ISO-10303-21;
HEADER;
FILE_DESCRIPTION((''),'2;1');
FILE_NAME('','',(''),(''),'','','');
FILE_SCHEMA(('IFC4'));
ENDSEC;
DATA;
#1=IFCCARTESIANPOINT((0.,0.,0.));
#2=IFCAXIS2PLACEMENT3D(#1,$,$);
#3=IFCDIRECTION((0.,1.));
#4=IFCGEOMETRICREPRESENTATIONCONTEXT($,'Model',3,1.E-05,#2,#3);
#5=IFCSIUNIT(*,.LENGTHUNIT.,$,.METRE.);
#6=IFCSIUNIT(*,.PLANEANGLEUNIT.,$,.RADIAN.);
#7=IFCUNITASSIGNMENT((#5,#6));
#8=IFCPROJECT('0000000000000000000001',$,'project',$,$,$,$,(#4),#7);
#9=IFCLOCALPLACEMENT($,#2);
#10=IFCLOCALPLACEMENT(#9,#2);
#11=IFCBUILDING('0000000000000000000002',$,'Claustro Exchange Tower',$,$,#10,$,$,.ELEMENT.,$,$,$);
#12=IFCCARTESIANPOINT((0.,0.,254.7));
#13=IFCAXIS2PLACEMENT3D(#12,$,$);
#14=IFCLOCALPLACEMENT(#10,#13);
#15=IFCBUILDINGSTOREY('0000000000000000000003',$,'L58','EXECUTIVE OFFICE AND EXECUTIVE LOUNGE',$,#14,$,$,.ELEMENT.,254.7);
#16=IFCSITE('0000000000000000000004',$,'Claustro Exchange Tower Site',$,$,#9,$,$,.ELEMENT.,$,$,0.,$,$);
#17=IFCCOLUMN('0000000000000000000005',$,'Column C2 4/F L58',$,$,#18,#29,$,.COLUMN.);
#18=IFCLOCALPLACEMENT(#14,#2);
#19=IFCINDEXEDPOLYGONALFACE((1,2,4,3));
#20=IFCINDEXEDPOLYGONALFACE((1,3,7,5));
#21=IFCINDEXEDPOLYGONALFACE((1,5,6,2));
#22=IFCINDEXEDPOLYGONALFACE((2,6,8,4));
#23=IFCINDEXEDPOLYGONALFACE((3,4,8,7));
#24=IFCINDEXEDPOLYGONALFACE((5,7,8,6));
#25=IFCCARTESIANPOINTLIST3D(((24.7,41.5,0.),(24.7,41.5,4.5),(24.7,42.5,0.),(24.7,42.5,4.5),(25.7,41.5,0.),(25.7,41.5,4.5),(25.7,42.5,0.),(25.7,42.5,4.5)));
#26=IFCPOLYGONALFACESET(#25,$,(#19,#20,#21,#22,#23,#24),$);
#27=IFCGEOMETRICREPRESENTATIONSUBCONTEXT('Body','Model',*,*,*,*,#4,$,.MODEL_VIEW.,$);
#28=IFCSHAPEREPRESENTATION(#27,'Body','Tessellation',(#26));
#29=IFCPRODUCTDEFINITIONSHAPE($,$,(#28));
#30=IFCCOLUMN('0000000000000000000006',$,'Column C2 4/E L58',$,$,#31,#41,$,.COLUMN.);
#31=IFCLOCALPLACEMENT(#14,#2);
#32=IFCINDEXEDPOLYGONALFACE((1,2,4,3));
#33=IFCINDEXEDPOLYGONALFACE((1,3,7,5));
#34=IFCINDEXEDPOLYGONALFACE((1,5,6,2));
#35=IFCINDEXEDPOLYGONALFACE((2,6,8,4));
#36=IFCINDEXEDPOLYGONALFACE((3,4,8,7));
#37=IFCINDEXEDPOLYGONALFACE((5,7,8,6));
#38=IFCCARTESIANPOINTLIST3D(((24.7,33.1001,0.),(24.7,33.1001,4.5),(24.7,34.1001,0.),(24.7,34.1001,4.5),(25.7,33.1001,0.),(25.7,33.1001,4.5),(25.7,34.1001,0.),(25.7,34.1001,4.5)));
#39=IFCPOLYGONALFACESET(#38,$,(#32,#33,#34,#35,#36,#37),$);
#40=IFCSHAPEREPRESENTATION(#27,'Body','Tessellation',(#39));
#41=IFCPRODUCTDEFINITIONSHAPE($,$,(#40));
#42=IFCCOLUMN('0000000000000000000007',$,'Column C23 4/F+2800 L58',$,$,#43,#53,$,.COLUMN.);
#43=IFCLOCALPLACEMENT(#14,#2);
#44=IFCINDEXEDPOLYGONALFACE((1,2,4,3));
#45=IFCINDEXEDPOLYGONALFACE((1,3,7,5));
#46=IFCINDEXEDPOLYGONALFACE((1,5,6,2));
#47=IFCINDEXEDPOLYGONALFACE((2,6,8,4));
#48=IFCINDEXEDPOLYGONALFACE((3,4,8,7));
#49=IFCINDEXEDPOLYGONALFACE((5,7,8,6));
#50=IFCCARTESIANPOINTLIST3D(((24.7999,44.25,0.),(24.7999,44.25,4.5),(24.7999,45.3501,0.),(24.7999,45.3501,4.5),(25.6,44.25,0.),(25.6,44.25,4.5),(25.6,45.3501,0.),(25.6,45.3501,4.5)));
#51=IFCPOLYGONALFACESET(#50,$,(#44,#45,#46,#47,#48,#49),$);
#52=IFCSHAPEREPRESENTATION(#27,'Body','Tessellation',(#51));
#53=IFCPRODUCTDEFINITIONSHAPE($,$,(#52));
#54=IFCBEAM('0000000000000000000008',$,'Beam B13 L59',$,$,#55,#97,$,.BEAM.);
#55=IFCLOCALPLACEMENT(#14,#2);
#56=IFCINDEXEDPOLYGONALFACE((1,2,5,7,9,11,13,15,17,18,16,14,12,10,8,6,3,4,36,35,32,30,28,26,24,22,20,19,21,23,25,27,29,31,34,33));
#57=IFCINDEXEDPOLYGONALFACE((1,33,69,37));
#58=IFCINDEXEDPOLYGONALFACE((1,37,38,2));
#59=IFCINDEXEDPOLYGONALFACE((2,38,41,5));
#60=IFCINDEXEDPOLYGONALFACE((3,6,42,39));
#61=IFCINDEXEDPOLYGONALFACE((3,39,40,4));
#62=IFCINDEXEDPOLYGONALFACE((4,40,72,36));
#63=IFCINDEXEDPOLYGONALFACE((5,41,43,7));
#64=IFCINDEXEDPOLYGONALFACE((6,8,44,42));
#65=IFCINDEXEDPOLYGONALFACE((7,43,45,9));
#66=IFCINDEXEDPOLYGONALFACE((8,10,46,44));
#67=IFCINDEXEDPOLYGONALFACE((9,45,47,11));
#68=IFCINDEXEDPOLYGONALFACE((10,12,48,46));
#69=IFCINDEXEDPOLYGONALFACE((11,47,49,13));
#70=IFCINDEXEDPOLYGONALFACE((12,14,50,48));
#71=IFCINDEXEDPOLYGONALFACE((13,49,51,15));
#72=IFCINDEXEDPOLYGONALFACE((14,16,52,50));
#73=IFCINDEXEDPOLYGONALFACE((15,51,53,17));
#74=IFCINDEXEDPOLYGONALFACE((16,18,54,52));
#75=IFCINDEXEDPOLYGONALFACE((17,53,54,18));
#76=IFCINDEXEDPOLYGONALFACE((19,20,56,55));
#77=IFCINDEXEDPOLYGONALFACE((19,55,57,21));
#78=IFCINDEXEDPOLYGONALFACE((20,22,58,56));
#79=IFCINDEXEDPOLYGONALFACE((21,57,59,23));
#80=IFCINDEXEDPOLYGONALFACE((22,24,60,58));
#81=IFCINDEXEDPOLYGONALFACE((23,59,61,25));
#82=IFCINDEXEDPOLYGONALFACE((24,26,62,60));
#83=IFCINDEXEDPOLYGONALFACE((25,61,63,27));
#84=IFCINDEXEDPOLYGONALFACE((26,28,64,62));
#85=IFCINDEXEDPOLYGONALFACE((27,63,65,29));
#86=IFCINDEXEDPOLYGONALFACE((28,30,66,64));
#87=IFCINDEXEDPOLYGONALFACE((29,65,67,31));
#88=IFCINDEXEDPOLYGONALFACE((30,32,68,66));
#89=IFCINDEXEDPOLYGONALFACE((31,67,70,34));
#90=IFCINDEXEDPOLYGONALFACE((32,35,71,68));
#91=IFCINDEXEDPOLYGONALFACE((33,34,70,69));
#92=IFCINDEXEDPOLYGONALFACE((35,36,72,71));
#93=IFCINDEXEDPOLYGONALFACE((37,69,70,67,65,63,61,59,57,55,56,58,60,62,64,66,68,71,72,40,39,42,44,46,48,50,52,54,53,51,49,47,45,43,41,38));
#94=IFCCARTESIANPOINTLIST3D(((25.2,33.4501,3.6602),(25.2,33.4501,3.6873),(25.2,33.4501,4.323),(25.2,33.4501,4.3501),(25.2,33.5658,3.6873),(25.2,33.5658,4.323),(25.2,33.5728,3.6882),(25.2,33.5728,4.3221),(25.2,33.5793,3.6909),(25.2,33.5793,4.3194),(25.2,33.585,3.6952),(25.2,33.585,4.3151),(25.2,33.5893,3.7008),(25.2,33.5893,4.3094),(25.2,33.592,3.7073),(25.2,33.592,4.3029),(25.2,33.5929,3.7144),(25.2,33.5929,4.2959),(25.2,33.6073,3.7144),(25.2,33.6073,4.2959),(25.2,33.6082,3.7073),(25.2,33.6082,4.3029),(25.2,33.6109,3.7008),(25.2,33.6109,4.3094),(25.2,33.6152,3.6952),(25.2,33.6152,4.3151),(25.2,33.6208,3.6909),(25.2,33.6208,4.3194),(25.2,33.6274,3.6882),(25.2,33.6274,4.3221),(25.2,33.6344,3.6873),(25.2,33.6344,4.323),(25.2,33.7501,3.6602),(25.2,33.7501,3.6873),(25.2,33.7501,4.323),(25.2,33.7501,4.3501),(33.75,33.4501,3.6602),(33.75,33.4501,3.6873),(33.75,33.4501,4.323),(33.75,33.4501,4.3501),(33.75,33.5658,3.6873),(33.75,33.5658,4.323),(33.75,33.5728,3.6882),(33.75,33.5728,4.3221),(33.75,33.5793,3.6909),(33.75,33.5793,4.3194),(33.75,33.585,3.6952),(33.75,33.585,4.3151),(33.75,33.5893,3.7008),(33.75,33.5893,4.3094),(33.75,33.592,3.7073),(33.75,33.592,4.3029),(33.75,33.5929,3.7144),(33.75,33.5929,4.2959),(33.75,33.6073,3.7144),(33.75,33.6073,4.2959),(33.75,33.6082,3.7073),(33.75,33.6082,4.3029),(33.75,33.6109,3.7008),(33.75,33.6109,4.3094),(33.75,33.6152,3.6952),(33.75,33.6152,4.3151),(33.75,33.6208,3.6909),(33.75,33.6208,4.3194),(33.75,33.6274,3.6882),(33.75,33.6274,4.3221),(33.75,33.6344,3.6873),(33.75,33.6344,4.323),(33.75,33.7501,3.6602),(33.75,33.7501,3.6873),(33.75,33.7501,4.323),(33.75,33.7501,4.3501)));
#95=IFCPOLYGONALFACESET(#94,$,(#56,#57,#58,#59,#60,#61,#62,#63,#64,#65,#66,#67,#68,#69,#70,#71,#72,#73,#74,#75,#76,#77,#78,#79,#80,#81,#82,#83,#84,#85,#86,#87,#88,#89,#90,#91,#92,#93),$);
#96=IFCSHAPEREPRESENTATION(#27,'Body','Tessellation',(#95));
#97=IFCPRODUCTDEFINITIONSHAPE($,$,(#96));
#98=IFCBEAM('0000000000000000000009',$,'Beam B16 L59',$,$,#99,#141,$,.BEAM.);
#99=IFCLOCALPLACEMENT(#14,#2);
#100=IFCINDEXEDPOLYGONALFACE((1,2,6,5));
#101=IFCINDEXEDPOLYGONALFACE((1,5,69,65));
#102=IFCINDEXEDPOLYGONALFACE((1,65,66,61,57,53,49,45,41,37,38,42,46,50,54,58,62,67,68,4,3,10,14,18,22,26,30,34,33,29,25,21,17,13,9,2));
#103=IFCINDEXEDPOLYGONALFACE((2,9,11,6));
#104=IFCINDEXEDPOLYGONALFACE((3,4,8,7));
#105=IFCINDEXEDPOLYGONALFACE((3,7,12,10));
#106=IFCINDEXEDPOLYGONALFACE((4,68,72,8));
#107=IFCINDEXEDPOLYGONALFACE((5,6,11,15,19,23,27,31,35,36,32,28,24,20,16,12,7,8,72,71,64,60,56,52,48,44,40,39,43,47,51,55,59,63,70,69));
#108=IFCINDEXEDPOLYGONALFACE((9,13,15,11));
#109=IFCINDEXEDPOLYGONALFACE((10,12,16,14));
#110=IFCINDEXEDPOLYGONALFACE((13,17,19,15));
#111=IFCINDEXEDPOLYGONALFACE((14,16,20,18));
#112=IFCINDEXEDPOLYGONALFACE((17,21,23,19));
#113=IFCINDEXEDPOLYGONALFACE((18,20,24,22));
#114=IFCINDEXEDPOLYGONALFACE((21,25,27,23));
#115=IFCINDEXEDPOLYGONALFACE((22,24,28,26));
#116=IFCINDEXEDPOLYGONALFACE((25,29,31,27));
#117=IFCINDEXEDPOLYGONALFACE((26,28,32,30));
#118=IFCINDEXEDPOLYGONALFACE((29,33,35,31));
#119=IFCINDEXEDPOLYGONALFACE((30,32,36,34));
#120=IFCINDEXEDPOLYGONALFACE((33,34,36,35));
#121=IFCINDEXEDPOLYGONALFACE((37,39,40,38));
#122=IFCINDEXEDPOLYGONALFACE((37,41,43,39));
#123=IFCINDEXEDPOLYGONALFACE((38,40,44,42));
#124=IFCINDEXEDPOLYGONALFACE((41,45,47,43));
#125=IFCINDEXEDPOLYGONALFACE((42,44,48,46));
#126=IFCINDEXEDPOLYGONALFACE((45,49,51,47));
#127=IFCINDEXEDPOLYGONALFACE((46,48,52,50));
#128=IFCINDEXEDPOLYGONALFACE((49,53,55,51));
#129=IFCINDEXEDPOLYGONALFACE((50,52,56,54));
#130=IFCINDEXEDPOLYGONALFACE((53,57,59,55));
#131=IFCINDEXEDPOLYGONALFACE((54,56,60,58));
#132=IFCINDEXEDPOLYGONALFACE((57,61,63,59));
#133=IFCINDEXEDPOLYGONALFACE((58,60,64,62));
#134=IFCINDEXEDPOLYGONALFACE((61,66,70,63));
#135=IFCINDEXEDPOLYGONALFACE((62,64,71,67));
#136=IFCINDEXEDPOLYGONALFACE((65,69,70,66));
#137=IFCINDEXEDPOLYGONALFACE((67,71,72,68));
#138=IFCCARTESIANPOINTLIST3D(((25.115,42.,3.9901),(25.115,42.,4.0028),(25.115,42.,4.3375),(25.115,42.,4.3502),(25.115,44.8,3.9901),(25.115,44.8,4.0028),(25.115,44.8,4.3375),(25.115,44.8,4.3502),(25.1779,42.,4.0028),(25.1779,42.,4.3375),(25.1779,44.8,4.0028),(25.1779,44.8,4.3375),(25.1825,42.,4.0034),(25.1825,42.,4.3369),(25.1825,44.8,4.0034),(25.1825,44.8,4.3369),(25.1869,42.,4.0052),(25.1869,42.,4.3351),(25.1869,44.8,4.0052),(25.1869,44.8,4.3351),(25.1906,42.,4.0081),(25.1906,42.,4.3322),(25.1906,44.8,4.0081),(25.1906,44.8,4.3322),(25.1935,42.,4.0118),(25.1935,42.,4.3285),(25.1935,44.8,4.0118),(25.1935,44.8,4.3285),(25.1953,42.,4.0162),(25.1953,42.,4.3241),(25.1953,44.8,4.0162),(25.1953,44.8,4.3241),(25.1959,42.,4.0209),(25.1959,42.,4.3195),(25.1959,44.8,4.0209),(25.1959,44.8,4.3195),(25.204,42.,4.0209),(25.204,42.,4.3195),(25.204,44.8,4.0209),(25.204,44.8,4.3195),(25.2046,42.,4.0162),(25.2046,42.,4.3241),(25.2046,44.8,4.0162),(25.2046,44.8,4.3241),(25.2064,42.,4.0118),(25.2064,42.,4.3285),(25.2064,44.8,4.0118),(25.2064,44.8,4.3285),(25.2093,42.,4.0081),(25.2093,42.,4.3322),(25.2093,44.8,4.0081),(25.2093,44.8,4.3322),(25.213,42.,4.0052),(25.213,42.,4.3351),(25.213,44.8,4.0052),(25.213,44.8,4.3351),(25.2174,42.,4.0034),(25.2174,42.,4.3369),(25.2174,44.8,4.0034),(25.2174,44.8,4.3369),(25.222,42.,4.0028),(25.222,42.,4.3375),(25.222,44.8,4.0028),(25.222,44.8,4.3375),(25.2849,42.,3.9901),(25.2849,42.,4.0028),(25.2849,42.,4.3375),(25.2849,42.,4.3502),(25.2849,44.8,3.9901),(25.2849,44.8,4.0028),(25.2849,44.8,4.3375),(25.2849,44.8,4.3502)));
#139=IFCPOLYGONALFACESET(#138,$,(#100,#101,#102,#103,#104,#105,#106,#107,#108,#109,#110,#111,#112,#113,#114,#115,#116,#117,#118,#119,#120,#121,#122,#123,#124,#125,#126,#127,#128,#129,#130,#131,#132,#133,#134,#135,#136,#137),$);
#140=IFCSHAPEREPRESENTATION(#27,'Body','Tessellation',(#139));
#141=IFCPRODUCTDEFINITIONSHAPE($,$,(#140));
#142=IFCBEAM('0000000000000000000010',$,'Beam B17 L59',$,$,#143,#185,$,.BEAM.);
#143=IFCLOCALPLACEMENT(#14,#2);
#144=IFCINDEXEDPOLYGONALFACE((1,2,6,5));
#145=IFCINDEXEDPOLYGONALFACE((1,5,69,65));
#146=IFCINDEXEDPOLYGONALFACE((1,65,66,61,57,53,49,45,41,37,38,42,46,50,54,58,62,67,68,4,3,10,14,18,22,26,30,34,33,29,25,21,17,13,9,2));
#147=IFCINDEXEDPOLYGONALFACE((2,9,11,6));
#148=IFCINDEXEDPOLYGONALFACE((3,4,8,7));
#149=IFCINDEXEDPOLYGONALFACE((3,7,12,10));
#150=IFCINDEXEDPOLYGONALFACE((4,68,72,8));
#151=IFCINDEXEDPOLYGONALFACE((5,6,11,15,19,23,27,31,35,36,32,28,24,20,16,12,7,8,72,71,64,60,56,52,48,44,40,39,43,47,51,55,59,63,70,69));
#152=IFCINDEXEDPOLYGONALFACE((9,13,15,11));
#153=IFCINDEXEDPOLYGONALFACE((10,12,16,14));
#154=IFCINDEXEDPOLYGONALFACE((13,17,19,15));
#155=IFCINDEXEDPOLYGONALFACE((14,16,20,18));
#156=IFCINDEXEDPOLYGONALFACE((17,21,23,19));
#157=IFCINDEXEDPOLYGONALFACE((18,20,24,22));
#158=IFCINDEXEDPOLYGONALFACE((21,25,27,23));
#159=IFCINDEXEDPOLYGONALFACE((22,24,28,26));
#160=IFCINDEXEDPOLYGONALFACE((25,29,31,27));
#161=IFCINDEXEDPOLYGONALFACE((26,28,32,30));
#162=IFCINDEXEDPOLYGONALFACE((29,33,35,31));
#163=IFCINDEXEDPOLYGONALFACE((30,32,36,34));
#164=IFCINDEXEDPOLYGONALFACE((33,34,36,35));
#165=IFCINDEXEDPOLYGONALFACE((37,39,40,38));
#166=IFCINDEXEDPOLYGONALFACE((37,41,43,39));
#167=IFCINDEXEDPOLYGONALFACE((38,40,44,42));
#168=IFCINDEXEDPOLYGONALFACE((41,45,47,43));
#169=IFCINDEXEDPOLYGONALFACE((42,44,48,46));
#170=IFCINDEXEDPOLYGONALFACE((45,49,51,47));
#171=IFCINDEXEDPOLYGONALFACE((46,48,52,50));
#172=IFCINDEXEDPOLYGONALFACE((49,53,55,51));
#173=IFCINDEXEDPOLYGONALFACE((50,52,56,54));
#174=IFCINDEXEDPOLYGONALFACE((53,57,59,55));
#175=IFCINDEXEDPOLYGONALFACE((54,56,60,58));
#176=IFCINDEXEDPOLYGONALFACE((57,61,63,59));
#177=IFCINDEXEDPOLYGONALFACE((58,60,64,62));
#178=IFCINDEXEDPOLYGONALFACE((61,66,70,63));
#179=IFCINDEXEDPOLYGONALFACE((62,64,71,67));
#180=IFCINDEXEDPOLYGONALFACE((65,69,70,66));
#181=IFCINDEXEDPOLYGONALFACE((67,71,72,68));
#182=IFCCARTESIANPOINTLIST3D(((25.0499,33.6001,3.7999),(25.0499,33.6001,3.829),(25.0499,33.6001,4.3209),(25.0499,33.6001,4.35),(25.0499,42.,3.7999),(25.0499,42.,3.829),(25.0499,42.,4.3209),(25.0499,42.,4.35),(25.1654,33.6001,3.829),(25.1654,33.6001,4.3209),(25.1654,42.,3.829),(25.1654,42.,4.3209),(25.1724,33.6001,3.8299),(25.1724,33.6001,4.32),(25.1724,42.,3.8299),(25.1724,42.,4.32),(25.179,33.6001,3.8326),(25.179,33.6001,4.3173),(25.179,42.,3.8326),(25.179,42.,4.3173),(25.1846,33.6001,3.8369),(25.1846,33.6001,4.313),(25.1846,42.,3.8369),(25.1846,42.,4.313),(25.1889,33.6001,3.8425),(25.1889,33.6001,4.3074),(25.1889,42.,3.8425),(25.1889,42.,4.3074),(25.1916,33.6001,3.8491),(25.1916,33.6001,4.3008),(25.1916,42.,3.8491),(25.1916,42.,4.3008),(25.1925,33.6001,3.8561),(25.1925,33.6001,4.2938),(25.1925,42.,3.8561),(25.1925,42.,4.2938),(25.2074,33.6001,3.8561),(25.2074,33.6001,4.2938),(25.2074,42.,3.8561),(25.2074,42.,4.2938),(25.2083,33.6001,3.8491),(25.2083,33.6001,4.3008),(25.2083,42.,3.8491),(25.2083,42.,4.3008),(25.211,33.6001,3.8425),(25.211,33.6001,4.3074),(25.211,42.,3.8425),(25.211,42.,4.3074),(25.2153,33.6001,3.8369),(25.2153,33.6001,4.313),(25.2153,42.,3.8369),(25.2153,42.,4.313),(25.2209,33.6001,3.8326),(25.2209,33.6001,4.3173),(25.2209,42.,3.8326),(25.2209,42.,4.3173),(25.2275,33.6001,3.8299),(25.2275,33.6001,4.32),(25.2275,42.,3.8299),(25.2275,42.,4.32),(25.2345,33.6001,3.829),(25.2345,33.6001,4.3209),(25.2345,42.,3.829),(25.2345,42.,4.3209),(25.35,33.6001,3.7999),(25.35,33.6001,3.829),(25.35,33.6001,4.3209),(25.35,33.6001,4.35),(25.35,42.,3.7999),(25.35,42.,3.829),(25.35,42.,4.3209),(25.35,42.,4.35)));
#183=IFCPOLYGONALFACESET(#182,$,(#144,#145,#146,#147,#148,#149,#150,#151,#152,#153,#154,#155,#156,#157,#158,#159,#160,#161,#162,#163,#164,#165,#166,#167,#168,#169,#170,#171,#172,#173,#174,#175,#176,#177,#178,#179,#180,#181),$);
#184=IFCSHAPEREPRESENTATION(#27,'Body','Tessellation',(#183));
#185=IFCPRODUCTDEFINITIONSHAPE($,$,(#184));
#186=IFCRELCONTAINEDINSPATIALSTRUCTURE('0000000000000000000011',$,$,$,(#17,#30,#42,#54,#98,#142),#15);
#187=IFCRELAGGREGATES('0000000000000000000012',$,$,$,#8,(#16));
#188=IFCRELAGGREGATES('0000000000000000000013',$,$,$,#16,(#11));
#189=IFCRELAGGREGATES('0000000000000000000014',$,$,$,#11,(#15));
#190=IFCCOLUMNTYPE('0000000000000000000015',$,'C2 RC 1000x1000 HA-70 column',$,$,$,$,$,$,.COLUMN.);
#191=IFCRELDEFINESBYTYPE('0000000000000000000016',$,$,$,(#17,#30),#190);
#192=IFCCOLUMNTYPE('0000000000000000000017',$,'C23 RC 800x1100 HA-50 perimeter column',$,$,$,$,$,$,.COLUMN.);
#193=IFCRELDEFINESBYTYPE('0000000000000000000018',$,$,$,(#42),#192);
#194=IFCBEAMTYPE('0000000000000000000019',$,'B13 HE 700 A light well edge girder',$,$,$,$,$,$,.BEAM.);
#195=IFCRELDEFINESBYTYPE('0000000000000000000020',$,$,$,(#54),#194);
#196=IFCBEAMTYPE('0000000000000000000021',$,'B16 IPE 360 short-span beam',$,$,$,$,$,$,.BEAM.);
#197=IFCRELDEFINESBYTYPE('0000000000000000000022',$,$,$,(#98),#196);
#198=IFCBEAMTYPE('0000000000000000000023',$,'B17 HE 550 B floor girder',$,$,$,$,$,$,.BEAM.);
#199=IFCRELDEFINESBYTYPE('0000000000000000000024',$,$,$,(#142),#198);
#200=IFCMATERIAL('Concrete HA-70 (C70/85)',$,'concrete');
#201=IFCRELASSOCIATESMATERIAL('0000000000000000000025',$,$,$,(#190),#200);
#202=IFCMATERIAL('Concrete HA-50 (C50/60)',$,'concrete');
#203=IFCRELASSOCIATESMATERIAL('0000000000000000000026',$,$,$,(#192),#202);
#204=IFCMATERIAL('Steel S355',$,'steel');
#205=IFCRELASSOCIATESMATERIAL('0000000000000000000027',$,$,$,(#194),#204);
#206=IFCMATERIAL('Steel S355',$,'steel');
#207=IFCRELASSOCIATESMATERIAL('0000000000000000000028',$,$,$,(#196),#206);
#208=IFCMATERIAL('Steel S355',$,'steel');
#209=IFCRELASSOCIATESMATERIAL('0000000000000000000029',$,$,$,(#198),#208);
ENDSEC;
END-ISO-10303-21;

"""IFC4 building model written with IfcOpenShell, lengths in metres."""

from ifc_helpers import new_model, si_unit, direction, frame, origin, origin_2d, place, context, subcontext, project, spatial, rectangle, i_section, extrude, material, material_profile, profile_set, type_object, element, save


model = new_model("IFC4")

# Units and contexts
model_context = context("Model", 3, precision=1e-05, world=origin(), true_north=direction((0.0, 1.0)))
body_context = subcontext(model_context, "Body", "Model", "MODEL_VIEW")
ifc_project = project(units=[si_unit("LENGTHUNIT", "METRE"), si_unit("PLANEANGLEUNIT", "RADIAN")], contexts=[model_context])

# Site, building, storey
site_placement = place(None, origin())
site = spatial("IfcSite", under=ifc_project, at=site_placement, Name="Claustro Exchange Tower Site", CompositionType="ELEMENT", RefElevation=0.0)
building_placement = place(site_placement, origin())
building = spatial("IfcBuilding", under=site, at=building_placement, Name="Claustro Exchange Tower", CompositionType="ELEMENT")
storey_placement = place(building_placement, frame((0.0, 0.0, 254.7)))
storey = spatial("IfcBuildingStorey", under=building, at=storey_placement, Name="L58", Description="EXECUTIVE OFFICE AND EXECUTIVE LOUNGE", CompositionType="ELEMENT", Elevation=254.7)

# Columns
ifc_material_1 = material(Name="Concrete HA-70 (C70/85)", Category="concrete")
ifc_material_profile_1 = material_profile(ifc_material_1, rectangle(XDim=1.0, YDim=1.0, at=origin_2d()), Name="RC 1000x1000")
ifc_profile_set_1 = profile_set([ifc_material_profile_1], Name="Concrete HA-70 (C70/85)")
column_type_1 = type_object("IfcColumnType", Name="C2 RC 1000x1000 HA-70 column", PredefinedType="COLUMN", material=ifc_profile_set_1)
for number, where, z_axis, x_axis, name in (
    (1, (25.2, 42.0, 0.0), (0.0, 0.0, 1.0), (1.0, 0.0, 0.0), "Column C2 4/F L58"),
    (2, (25.2, 33.6001, 0.0), (0.0, 0.0, 1.0), (1.0, 0.0, 0.0), "Column C2 4/E L58"),
):
    element("IfcColumn", number, at=place(storey_placement, frame(where, z_axis=z_axis, x_axis=x_axis)), inside=storey, type_object=column_type_1, Name=name, PredefinedType="COLUMN", context=body_context, shape_type="SweptSolid", body=[
        extrude(rectangle(XDim=1.0, YDim=1.0, at=origin_2d()), origin(), (0.0, 0.0, 1.0), 4.5),
    ])
ifc_material_2 = material(Name="Concrete HA-50 (C50/60)", Category="concrete")
ifc_material_profile_2 = material_profile(ifc_material_2, rectangle(XDim=0.8, YDim=1.1001, at=origin_2d()), Name="RC 800x1100")
ifc_profile_set_2 = profile_set([ifc_material_profile_2], Name="Concrete HA-50 (C50/60)")
column_type_2 = type_object("IfcColumnType", Name="C23 RC 800x1100 HA-50 perimeter column", PredefinedType="COLUMN", material=ifc_profile_set_2)
column_placement = place(storey_placement, frame((25.2, 44.8, 0.0), z_axis=(0.0, 0.0, 1.0), x_axis=(1.0, 0.0, 0.0)))
element("IfcColumn", 3, at=column_placement, inside=storey, type_object=column_type_2, Name="Column C23 4/F+2800 L58", PredefinedType="COLUMN", context=body_context, shape_type="SweptSolid", body=[
    extrude(rectangle(XDim=0.8, YDim=1.1001, at=origin_2d()), origin(), (0.0, 0.0, 1.0), 4.5),
])

# Beams
ifc_material_3 = material(Name="Steel S355", Category="steel")
ifc_material_profile_3 = material_profile(ifc_material_3, i_section(OverallWidth=0.3, OverallDepth=0.6899, WebThickness=0.0144, FlangeThickness=0.0271, FilletRadius=0.0271, at=origin_2d()), Name="HE 700 A")
ifc_profile_set_3 = profile_set([ifc_material_profile_3], Name="Steel S355")
beam_type_1 = type_object("IfcBeamType", Name="B13 HE 700 A light well edge girder", PredefinedType="BEAM", material=ifc_profile_set_3)
beam_1_placement = place(storey_placement, frame((25.2, 33.6001, 4.0051), z_axis=(1.0, 0.0, 0.0), x_axis=(0.0, 1.0, 0.0)))
element("IfcBeam", 4, at=beam_1_placement, inside=storey, type_object=beam_type_1, Name="Beam B13 L59", PredefinedType="BEAM", context=body_context, shape_type="SweptSolid", body=[
    extrude(i_section(OverallWidth=0.3, OverallDepth=0.6899, WebThickness=0.0144, FlangeThickness=0.0271, FilletRadius=0.0271, at=origin_2d()), origin(), (0.0, 0.0, 1.0), 8.55),
])
ifc_material_4 = material(Name="Steel S355", Category="steel")
ifc_material_profile_4 = material_profile(ifc_material_4, i_section(OverallWidth=0.1699, OverallDepth=0.3601, WebThickness=0.0081, FlangeThickness=0.0127, FilletRadius=0.0181, at=origin_2d()), Name="IPE 360")
ifc_profile_set_4 = profile_set([ifc_material_profile_4], Name="Steel S355")
beam_type_2 = type_object("IfcBeamType", Name="B16 IPE 360 short-span beam", PredefinedType="BEAM", material=ifc_profile_set_4)
beam_2_placement = place(storey_placement, frame((25.2, 42.0, 4.1702), z_axis=(0.0, 1.0, 0.0), x_axis=(-1.0, 0.0, 0.0)))
element("IfcBeam", 5, at=beam_2_placement, inside=storey, type_object=beam_type_2, Name="Beam B16 L59", PredefinedType="BEAM", context=body_context, shape_type="SweptSolid", body=[
    extrude(i_section(OverallWidth=0.1699, OverallDepth=0.3601, WebThickness=0.0081, FlangeThickness=0.0127, FilletRadius=0.0181, at=origin_2d()), origin(), (0.0, 0.0, 1.0), 2.8),
])
ifc_material_5 = material(Name="Steel S355", Category="steel")
ifc_material_profile_5 = material_profile(ifc_material_5, i_section(OverallWidth=0.3, OverallDepth=0.55, WebThickness=0.0149, FlangeThickness=0.0291, FilletRadius=0.0271, at=origin_2d()), Name="HE 550 B")
ifc_profile_set_5 = profile_set([ifc_material_profile_5], Name="Steel S355")
beam_type_3 = type_object("IfcBeamType", Name="B17 HE 550 B floor girder", PredefinedType="BEAM", material=ifc_profile_set_5)
beam_3_placement = place(storey_placement, frame((25.2, 33.6001, 4.075), z_axis=(0.0, 1.0, 0.0), x_axis=(-1.0, 0.0, 0.0)))
element("IfcBeam", 6, at=beam_3_placement, inside=storey, type_object=beam_type_3, Name="Beam B17 L59", PredefinedType="BEAM", context=body_context, shape_type="SweptSolid", body=[
    extrude(i_section(OverallWidth=0.3, OverallDepth=0.55, WebThickness=0.0149, FlangeThickness=0.0291, FilletRadius=0.0271, at=origin_2d()), origin(), (0.0, 0.0, 1.0), 8.3999),
])

save(model, "model.ifc")
